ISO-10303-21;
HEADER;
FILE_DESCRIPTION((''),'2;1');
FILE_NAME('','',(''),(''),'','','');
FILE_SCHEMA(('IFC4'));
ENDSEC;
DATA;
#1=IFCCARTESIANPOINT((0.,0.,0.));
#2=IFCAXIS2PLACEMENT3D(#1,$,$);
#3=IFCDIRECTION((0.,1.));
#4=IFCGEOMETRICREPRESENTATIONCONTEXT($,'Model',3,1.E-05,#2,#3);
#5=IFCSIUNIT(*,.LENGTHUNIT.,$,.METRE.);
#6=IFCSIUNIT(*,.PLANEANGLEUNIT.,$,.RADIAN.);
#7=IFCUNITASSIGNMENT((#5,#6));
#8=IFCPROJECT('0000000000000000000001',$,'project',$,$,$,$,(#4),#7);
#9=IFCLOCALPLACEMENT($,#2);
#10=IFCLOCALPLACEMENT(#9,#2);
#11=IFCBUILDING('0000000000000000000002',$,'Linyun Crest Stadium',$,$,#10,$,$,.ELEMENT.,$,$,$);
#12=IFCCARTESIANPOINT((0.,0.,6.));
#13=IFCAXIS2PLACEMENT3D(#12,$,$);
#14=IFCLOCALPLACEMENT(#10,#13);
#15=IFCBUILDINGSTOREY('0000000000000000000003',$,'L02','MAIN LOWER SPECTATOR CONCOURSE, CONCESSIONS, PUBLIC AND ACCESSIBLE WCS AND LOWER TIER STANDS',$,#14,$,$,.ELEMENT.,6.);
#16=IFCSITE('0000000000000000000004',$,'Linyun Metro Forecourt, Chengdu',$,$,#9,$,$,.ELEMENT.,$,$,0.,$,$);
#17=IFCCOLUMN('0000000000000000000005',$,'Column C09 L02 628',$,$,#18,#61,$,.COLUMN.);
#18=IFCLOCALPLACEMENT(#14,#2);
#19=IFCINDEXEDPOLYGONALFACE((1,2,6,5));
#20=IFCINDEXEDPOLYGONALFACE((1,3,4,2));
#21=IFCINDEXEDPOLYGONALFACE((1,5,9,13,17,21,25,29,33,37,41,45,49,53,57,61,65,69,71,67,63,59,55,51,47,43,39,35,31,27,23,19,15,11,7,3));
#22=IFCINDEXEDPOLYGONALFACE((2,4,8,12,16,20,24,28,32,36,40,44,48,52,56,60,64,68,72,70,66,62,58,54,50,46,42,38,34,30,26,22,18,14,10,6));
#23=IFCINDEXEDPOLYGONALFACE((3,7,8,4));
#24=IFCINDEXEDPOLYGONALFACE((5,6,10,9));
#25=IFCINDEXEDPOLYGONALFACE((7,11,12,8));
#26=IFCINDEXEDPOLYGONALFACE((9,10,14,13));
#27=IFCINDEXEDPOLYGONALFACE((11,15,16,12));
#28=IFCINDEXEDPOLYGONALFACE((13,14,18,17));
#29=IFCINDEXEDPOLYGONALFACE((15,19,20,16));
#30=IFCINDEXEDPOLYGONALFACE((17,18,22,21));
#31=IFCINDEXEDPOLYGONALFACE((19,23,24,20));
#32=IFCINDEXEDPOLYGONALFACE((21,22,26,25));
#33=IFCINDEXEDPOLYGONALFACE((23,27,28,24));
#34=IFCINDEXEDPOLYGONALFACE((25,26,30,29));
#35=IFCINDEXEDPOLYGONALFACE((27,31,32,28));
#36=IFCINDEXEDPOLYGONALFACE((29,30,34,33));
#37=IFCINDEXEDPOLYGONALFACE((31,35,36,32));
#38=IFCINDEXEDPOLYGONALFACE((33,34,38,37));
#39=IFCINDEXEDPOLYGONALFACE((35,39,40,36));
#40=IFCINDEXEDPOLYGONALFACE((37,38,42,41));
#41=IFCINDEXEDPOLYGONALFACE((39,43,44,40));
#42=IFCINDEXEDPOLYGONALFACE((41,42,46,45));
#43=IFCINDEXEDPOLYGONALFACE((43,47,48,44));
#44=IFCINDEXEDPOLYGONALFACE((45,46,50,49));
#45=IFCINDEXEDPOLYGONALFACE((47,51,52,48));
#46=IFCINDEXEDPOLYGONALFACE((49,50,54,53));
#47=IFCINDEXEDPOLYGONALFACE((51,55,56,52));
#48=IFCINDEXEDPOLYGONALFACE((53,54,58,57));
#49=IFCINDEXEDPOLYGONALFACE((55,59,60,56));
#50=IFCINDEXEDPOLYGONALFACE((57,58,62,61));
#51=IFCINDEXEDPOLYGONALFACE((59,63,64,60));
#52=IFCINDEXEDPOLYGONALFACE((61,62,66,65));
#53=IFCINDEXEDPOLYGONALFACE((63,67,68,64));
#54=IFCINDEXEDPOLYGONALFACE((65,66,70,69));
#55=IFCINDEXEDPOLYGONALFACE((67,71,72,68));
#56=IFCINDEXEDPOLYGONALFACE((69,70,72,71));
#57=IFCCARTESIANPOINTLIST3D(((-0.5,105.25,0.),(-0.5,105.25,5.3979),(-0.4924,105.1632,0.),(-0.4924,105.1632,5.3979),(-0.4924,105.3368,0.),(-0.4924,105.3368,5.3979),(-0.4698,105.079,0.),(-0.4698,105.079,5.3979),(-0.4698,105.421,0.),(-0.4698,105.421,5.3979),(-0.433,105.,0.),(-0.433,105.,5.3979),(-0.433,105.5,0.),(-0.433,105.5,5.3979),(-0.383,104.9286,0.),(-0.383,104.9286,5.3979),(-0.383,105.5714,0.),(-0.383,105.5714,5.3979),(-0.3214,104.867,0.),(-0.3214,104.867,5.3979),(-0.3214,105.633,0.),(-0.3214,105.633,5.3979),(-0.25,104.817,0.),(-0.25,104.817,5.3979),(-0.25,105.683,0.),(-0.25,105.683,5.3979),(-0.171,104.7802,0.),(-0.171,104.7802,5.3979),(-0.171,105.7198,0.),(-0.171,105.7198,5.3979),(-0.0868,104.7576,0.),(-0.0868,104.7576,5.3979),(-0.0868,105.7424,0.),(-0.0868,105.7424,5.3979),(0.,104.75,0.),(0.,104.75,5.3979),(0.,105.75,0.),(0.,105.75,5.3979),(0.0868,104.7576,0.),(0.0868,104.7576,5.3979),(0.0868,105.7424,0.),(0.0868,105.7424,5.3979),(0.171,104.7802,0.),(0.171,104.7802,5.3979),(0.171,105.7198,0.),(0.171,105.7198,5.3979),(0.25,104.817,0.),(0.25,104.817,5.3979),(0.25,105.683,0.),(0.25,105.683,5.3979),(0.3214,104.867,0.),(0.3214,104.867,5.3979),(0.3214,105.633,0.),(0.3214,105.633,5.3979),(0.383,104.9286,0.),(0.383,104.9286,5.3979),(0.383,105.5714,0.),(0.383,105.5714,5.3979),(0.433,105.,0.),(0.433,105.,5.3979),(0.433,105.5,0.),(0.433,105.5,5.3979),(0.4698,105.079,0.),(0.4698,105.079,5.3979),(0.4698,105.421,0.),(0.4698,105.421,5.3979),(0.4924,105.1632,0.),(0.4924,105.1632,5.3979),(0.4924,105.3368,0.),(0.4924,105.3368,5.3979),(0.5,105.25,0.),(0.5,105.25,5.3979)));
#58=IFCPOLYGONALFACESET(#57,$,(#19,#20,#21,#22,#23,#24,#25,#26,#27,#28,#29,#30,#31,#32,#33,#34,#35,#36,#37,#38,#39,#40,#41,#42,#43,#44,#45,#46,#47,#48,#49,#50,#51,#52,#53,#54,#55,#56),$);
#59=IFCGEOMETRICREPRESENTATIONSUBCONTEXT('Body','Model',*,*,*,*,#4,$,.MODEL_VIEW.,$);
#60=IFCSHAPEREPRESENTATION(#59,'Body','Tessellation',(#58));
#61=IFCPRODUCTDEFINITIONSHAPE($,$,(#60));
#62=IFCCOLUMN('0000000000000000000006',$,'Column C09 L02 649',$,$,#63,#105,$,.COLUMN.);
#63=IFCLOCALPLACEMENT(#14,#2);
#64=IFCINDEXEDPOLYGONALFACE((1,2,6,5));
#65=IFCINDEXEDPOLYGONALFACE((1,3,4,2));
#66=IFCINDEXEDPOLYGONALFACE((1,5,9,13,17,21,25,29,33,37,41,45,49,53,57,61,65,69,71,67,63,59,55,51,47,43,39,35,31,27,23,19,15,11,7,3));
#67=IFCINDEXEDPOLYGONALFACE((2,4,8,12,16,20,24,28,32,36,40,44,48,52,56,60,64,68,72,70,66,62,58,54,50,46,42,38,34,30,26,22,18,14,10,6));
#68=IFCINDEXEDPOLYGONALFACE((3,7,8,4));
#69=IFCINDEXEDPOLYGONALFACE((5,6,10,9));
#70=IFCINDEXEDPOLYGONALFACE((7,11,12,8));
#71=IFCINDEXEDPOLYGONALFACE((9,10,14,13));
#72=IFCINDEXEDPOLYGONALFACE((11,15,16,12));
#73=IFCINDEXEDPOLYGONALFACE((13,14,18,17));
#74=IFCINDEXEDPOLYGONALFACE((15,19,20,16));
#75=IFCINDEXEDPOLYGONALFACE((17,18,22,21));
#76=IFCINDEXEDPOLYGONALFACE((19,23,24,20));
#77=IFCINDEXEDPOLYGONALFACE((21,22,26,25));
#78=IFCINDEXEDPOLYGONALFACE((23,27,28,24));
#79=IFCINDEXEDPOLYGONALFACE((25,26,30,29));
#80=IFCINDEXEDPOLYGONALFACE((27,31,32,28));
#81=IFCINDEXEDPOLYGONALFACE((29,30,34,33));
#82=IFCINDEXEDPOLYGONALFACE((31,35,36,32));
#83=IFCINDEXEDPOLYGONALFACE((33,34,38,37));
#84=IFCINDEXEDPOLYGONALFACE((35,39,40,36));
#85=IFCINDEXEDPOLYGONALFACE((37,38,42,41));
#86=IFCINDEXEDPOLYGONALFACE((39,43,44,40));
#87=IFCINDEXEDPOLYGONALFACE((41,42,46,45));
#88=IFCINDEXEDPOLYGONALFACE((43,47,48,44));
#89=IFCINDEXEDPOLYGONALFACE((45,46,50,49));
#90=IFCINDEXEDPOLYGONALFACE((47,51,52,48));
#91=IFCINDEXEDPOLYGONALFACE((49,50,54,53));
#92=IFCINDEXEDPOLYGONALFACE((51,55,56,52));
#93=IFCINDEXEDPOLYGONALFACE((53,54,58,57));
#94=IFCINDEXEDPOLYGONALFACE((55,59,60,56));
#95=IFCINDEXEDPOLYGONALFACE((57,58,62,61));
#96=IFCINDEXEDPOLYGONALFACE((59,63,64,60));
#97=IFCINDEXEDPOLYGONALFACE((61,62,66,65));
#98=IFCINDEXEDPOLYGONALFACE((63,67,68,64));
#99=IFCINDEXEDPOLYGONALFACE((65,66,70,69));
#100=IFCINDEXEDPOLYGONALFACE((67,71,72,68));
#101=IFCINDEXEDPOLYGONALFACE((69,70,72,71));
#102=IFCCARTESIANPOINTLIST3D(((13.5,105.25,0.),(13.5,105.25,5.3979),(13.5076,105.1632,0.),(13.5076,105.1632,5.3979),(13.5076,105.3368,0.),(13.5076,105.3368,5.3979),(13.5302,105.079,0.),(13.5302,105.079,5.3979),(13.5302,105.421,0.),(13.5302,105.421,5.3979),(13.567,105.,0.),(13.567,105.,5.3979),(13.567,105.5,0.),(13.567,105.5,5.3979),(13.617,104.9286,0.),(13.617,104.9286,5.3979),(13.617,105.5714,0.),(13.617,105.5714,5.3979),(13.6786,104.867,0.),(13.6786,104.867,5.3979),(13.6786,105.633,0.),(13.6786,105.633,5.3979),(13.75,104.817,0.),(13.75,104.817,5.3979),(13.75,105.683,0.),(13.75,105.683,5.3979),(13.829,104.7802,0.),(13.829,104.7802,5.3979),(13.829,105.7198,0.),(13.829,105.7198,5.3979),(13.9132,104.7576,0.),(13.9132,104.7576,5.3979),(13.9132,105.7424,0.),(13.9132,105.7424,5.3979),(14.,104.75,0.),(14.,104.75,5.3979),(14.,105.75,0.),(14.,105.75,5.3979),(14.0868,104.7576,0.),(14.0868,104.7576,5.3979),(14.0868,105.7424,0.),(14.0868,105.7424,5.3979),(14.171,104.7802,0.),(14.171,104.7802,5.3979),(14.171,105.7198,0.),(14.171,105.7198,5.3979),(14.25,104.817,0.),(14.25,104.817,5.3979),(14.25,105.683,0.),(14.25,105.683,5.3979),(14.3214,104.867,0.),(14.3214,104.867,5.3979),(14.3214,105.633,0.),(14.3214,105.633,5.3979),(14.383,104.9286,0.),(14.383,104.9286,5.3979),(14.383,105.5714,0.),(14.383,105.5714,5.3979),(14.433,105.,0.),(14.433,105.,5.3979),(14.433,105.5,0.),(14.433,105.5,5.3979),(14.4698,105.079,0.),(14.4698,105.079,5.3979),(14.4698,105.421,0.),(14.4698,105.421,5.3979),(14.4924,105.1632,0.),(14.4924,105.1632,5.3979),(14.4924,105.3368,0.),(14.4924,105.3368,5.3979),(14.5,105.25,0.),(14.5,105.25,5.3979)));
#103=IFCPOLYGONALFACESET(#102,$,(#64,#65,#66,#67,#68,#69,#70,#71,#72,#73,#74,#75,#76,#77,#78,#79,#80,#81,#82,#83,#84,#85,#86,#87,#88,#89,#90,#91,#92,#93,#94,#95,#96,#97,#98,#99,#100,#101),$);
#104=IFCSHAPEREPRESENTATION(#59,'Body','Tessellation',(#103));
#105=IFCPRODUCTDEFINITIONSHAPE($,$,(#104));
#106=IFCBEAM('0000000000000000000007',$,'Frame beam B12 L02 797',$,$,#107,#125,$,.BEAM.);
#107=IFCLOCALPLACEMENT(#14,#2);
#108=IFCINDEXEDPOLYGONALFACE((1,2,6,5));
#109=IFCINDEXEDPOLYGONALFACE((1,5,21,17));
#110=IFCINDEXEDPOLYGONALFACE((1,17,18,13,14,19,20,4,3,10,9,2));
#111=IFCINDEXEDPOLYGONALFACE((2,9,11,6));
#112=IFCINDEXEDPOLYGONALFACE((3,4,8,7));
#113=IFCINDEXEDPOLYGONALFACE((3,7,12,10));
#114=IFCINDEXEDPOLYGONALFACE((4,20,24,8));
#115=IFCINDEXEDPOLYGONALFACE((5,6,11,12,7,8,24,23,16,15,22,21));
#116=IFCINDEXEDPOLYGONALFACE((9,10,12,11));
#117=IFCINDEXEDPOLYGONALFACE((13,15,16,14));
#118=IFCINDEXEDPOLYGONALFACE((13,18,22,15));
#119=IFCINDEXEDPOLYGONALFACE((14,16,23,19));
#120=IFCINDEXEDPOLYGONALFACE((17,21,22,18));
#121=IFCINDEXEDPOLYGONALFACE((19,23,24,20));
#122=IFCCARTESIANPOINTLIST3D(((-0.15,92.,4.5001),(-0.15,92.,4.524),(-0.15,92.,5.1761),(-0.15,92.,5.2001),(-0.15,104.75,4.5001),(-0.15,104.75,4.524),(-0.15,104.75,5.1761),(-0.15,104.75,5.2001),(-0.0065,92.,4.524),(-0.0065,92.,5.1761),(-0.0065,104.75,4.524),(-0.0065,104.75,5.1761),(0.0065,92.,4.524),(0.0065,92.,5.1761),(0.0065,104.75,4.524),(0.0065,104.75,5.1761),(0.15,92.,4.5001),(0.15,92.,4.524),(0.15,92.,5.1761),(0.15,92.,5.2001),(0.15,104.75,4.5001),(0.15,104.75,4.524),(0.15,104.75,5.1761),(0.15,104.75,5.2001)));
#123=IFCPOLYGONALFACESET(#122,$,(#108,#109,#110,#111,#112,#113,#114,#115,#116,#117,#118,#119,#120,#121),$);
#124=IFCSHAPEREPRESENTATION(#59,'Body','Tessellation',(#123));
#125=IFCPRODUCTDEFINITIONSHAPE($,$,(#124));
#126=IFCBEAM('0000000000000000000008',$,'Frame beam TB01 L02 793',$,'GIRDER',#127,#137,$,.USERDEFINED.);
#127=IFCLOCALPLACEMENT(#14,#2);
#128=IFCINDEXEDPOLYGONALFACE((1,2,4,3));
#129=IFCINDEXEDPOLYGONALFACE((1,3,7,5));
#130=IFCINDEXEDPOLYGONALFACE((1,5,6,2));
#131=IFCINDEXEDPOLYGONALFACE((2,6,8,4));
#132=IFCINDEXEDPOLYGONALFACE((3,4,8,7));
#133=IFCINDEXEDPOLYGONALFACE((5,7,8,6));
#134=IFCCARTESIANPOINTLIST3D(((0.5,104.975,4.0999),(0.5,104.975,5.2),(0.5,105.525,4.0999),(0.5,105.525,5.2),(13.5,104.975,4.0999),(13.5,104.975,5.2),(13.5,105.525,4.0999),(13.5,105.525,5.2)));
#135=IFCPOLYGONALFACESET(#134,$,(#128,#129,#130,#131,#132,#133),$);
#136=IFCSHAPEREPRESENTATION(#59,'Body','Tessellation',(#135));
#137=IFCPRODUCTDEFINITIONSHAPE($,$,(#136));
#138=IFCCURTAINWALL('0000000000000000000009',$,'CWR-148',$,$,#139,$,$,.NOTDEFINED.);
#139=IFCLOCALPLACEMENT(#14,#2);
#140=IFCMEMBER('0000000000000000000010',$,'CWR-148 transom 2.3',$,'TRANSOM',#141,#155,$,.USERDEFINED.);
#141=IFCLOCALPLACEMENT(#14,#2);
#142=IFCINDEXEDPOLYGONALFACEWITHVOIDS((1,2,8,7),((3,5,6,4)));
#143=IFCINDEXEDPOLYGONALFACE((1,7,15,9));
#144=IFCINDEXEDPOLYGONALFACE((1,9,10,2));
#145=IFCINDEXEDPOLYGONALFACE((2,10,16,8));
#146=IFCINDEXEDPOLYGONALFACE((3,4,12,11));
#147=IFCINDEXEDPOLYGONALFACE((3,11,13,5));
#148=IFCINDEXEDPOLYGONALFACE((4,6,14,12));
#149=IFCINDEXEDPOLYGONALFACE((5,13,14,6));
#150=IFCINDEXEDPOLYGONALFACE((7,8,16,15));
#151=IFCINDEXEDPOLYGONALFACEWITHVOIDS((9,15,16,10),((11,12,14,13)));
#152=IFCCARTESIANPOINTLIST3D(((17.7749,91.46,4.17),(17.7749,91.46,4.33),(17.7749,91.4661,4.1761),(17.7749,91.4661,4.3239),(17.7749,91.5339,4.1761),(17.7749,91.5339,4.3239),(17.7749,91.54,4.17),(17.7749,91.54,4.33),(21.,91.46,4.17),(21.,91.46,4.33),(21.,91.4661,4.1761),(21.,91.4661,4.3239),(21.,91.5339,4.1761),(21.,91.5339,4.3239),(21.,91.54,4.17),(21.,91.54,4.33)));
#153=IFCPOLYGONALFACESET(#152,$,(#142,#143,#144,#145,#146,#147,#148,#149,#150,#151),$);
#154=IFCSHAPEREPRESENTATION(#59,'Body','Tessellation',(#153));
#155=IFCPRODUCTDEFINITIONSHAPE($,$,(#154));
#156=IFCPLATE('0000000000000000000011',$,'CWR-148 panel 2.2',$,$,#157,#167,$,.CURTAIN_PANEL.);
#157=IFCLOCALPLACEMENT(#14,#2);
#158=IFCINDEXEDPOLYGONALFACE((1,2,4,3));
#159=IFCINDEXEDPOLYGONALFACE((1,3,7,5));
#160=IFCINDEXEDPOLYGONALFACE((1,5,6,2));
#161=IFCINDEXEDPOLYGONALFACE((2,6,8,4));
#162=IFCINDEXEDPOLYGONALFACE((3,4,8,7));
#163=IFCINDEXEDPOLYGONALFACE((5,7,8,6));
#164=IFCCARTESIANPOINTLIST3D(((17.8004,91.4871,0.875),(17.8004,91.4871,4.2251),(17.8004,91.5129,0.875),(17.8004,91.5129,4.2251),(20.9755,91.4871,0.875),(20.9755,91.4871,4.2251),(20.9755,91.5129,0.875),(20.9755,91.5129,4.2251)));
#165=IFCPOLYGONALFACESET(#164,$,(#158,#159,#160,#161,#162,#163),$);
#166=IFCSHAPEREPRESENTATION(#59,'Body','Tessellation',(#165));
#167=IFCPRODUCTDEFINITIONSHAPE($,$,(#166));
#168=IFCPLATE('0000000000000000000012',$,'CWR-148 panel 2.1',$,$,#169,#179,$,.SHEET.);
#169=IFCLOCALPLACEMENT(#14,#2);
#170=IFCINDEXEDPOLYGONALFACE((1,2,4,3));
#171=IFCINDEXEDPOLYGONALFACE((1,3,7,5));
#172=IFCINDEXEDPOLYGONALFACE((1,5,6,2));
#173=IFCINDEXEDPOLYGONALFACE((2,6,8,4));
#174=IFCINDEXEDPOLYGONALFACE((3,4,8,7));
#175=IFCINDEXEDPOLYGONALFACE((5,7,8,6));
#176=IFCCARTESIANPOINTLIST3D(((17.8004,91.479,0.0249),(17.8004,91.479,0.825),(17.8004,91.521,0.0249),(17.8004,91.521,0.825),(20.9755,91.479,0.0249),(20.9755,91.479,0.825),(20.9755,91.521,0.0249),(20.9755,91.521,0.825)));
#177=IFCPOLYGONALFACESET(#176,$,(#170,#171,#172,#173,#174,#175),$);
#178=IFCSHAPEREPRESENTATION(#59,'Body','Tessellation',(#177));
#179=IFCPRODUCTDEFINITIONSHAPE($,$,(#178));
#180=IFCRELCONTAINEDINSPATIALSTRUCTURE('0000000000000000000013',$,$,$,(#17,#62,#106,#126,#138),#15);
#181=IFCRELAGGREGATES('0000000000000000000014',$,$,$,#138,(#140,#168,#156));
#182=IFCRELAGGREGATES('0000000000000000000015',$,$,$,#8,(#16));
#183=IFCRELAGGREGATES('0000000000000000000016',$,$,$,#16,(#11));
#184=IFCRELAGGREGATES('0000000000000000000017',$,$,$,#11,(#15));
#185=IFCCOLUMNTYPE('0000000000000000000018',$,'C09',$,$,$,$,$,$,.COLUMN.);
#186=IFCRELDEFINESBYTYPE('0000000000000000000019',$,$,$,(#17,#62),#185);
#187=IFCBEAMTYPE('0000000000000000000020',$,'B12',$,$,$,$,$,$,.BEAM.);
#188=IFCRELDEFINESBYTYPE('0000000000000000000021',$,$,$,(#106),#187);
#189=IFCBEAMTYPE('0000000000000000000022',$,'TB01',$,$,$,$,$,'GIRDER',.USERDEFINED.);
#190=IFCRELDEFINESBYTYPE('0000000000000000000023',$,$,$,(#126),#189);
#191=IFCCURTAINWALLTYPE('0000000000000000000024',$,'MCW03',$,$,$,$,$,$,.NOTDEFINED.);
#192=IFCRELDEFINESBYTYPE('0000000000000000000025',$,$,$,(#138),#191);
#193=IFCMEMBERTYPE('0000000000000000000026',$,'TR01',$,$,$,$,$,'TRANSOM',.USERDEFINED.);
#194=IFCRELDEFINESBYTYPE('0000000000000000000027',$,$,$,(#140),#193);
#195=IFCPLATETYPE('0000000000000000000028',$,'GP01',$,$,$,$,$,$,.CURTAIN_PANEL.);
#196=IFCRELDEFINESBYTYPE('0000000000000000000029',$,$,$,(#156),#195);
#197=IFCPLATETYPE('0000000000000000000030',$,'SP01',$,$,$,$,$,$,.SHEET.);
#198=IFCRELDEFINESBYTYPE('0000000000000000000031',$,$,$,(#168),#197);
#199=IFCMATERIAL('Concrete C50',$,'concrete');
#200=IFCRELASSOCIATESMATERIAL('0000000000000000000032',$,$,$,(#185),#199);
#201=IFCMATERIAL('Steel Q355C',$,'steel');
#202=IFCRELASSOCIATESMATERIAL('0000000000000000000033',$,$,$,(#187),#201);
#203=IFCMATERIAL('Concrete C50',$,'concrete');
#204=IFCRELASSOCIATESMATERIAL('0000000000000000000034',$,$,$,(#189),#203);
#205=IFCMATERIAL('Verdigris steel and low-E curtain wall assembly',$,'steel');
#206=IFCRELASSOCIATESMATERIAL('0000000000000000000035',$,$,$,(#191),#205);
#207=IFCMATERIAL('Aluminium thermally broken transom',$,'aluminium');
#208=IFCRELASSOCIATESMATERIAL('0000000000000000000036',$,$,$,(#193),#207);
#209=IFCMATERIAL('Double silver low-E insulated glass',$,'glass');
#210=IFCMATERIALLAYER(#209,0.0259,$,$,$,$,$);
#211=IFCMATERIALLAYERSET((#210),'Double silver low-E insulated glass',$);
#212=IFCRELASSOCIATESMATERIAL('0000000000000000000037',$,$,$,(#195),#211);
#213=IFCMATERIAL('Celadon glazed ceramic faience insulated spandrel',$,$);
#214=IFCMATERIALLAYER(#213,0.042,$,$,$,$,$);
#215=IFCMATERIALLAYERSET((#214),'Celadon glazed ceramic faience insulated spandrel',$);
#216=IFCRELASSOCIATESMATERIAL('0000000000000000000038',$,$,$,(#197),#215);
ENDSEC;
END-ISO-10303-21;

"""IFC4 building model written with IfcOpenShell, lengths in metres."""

from ifc_helpers import new_model, si_unit, direction, frame, origin, origin_2d, place, context, subcontext, project, spatial, rectangle, hollow_rectangle, circle, i_section, extrude, material, layer, layer_set, material_profile, profile_set, type_object, element, aggregate, save


model = new_model("IFC4")

# Units and contexts
model_context = context("Model", 3, precision=1e-05, world=origin(), true_north=direction((0.0, 1.0)))
body_context = subcontext(model_context, "Body", "Model", "MODEL_VIEW")
ifc_project = project(units=[si_unit("LENGTHUNIT", "METRE"), si_unit("PLANEANGLEUNIT", "RADIAN")], contexts=[model_context])

# Site, building, storey
site_placement = place(None, origin())
site = spatial("IfcSite", under=ifc_project, at=site_placement, Name="Linyun Metro Forecourt, Chengdu", CompositionType="ELEMENT", RefElevation=0.0)
building_placement = place(site_placement, origin())
building = spatial("IfcBuilding", under=site, at=building_placement, Name="Linyun Crest Stadium", CompositionType="ELEMENT")
storey_placement = place(building_placement, frame((0.0, 0.0, 6.0)))
storey = spatial("IfcBuildingStorey", under=building, at=storey_placement, Name="L02", Description="MAIN LOWER SPECTATOR CONCOURSE, CONCESSIONS, PUBLIC AND ACCESSIBLE WCS AND LOWER TIER STANDS", CompositionType="ELEMENT", Elevation=6.0)

# Columns
ifc_material_1 = material(Name="Concrete C50", Category="concrete")
ifc_material_profile_1 = material_profile(ifc_material_1, circle(Radius=0.5, at=origin_2d()), Name="RC D1000")
ifc_profile_set_1 = profile_set([ifc_material_profile_1], Name="Concrete C50")
column_type = type_object("IfcColumnType", Name="C09", PredefinedType="COLUMN", material=ifc_profile_set_1)
for number, where, z_axis, x_axis, name in (
    (1, (0.0, 105.25, 0.0), (0.0, 0.0, 1.0), (1.0, 0.0, 0.0), "Column C09 L02 628"),
    (2, (14.0, 105.25, 0.0), (0.0, 0.0, 1.0), (1.0, 0.0, 0.0), "Column C09 L02 649"),
):
    element("IfcColumn", number, at=place(storey_placement, frame(where, z_axis=z_axis, x_axis=x_axis)), inside=storey, type_object=column_type, Name=name, PredefinedType="COLUMN", context=body_context, shape_type="SweptSolid", body=[
        extrude(circle(Radius=0.5, at=origin_2d()), origin(), (0.0, 0.0, 1.0), 5.3979),
    ])

# Beams
ifc_material_2 = material(Name="Steel Q355C", Category="steel")
ifc_material_profile_2 = material_profile(ifc_material_2, i_section(OverallWidth=0.3, OverallDepth=0.7, WebThickness=0.0129, FlangeThickness=0.0239, at=origin_2d()), Name="HN 700x300")
ifc_profile_set_2 = profile_set([ifc_material_profile_2], Name="Steel Q355C")
beam_type_1 = type_object("IfcBeamType", Name="B12", PredefinedType="BEAM", material=ifc_profile_set_2)
beam_1_placement = place(storey_placement, frame((0.0, 92.0, 4.8501), z_axis=(0.0, 1.0, 0.0), x_axis=(-1.0, 0.0, 0.0)))
element("IfcBeam", 3, at=beam_1_placement, inside=storey, type_object=beam_type_1, Name="Frame beam B12 L02 797", PredefinedType="BEAM", context=body_context, shape_type="SweptSolid", body=[
    extrude(i_section(OverallWidth=0.3, OverallDepth=0.7, WebThickness=0.0129, FlangeThickness=0.0239, at=origin_2d()), origin(), (0.0, 0.0, 1.0), 12.75),
])
ifc_material_3 = material(Name="Concrete C50", Category="concrete")
ifc_material_profile_3 = material_profile(ifc_material_3, rectangle(XDim=0.55, YDim=1.1001, at=origin_2d()), Name="RCB 1100x550")
ifc_profile_set_3 = profile_set([ifc_material_profile_3], Name="Concrete C50")
beam_type_2 = type_object("IfcBeamType", Name="TB01", ElementType="GIRDER", PredefinedType="USERDEFINED", material=ifc_profile_set_3)
beam_2_placement = place(storey_placement, frame((0.5, 105.25, 4.6499), z_axis=(1.0, 0.0, 0.0), x_axis=(0.0, 1.0, 0.0)))
element("IfcBeam", 4, at=beam_2_placement, inside=storey, type_object=beam_type_2, Name="Frame beam TB01 L02 793", ObjectType="GIRDER", PredefinedType="USERDEFINED", context=body_context, shape_type="SweptSolid", body=[
    extrude(rectangle(XDim=0.55, YDim=1.1001, at=origin_2d()), origin(), (0.0, 0.0, 1.0), 13.0),
])

# Curtain wall, member, plates
ifc_material_4 = material(Name="Verdigris steel and low-E curtain wall assembly", Category="steel")
curtain_wall_type = type_object("IfcCurtainWallType", Name="MCW03", PredefinedType="NOTDEFINED", material=ifc_material_4)
curtain_wall_placement = place(storey_placement, origin())
curtain_wall = element("IfcCurtainWall", 5, at=curtain_wall_placement, inside=storey, type_object=curtain_wall_type, Name="CWR-148", PredefinedType="NOTDEFINED")
ifc_material_5 = material(Name="Aluminium thermally broken transom", Category="aluminium")
ifc_material_profile_4 = material_profile(ifc_material_5, hollow_rectangle(XDim=0.0801, YDim=0.1599, WallThickness=0.0061, at=origin_2d()), Name="RHS 160x80x6")
ifc_profile_set_4 = profile_set([ifc_material_profile_4], Name="Aluminium thermally broken transom")
member_type = type_object("IfcMemberType", Name="TR01", ElementType="TRANSOM", PredefinedType="USERDEFINED", material=ifc_profile_set_4)
member_placement = place(storey_placement, frame((17.7749, 91.5, 4.25), z_axis=(1.0, 0.0, 0.0), x_axis=(0.0, 1.0, 0.0)))
member = element("IfcMember", 6, at=member_placement, type_object=member_type, Name="CWR-148 transom 2.3", ObjectType="TRANSOM", PredefinedType="USERDEFINED", context=body_context, shape_type="SweptSolid", body=[
    extrude(hollow_rectangle(XDim=0.0801, YDim=0.1599, WallThickness=0.0061, at=origin_2d()), origin(), (0.0, 0.0, 1.0), 3.2251),
])
ifc_material_6 = material(Name="Double silver low-E insulated glass", Category="glass")
ifc_layer_1 = layer(ifc_material_6, 0.0259)
ifc_layer_set_1 = layer_set([ifc_layer_1], Name="Double silver low-E insulated glass")
plate_type_1 = type_object("IfcPlateType", Name="GP01", PredefinedType="CURTAIN_PANEL", material=ifc_layer_set_1)
plate_1_placement = place(storey_placement, frame((19.3879, 91.5, 0.875), z_axis=(0.0, 0.0, 1.0), x_axis=(1.0, 0.0, 0.0)))
plate_1 = element("IfcPlate", 7, at=plate_1_placement, type_object=plate_type_1, Name="CWR-148 panel 2.2", PredefinedType="CURTAIN_PANEL", context=body_context, shape_type="SweptSolid", body=[
    extrude(rectangle(XDim=3.175, YDim=0.0259, at=origin_2d()), origin(), (0.0, 0.0, 1.0), 3.3501),
])
ifc_material_7 = material(Name="Celadon glazed ceramic faience insulated spandrel")
ifc_layer_2 = layer(ifc_material_7, 0.042)
ifc_layer_set_2 = layer_set([ifc_layer_2], Name="Celadon glazed ceramic faience insulated spandrel")
plate_type_2 = type_object("IfcPlateType", Name="SP01", PredefinedType="SHEET", material=ifc_layer_set_2)
plate_2_placement = place(storey_placement, frame((19.3879, 91.5, 0.0249), z_axis=(0.0, 0.0, 1.0), x_axis=(1.0, 0.0, 0.0)))
plate_2 = element("IfcPlate", 8, at=plate_2_placement, type_object=plate_type_2, Name="CWR-148 panel 2.1", PredefinedType="SHEET", context=body_context, shape_type="SweptSolid", body=[
    extrude(rectangle(XDim=3.175, YDim=0.042, at=origin_2d()), origin(), (0.0, 0.0, 1.0), 0.8),
])
aggregate(curtain_wall, [member, plate_2, plate_1])

save(model, "model.ifc")
